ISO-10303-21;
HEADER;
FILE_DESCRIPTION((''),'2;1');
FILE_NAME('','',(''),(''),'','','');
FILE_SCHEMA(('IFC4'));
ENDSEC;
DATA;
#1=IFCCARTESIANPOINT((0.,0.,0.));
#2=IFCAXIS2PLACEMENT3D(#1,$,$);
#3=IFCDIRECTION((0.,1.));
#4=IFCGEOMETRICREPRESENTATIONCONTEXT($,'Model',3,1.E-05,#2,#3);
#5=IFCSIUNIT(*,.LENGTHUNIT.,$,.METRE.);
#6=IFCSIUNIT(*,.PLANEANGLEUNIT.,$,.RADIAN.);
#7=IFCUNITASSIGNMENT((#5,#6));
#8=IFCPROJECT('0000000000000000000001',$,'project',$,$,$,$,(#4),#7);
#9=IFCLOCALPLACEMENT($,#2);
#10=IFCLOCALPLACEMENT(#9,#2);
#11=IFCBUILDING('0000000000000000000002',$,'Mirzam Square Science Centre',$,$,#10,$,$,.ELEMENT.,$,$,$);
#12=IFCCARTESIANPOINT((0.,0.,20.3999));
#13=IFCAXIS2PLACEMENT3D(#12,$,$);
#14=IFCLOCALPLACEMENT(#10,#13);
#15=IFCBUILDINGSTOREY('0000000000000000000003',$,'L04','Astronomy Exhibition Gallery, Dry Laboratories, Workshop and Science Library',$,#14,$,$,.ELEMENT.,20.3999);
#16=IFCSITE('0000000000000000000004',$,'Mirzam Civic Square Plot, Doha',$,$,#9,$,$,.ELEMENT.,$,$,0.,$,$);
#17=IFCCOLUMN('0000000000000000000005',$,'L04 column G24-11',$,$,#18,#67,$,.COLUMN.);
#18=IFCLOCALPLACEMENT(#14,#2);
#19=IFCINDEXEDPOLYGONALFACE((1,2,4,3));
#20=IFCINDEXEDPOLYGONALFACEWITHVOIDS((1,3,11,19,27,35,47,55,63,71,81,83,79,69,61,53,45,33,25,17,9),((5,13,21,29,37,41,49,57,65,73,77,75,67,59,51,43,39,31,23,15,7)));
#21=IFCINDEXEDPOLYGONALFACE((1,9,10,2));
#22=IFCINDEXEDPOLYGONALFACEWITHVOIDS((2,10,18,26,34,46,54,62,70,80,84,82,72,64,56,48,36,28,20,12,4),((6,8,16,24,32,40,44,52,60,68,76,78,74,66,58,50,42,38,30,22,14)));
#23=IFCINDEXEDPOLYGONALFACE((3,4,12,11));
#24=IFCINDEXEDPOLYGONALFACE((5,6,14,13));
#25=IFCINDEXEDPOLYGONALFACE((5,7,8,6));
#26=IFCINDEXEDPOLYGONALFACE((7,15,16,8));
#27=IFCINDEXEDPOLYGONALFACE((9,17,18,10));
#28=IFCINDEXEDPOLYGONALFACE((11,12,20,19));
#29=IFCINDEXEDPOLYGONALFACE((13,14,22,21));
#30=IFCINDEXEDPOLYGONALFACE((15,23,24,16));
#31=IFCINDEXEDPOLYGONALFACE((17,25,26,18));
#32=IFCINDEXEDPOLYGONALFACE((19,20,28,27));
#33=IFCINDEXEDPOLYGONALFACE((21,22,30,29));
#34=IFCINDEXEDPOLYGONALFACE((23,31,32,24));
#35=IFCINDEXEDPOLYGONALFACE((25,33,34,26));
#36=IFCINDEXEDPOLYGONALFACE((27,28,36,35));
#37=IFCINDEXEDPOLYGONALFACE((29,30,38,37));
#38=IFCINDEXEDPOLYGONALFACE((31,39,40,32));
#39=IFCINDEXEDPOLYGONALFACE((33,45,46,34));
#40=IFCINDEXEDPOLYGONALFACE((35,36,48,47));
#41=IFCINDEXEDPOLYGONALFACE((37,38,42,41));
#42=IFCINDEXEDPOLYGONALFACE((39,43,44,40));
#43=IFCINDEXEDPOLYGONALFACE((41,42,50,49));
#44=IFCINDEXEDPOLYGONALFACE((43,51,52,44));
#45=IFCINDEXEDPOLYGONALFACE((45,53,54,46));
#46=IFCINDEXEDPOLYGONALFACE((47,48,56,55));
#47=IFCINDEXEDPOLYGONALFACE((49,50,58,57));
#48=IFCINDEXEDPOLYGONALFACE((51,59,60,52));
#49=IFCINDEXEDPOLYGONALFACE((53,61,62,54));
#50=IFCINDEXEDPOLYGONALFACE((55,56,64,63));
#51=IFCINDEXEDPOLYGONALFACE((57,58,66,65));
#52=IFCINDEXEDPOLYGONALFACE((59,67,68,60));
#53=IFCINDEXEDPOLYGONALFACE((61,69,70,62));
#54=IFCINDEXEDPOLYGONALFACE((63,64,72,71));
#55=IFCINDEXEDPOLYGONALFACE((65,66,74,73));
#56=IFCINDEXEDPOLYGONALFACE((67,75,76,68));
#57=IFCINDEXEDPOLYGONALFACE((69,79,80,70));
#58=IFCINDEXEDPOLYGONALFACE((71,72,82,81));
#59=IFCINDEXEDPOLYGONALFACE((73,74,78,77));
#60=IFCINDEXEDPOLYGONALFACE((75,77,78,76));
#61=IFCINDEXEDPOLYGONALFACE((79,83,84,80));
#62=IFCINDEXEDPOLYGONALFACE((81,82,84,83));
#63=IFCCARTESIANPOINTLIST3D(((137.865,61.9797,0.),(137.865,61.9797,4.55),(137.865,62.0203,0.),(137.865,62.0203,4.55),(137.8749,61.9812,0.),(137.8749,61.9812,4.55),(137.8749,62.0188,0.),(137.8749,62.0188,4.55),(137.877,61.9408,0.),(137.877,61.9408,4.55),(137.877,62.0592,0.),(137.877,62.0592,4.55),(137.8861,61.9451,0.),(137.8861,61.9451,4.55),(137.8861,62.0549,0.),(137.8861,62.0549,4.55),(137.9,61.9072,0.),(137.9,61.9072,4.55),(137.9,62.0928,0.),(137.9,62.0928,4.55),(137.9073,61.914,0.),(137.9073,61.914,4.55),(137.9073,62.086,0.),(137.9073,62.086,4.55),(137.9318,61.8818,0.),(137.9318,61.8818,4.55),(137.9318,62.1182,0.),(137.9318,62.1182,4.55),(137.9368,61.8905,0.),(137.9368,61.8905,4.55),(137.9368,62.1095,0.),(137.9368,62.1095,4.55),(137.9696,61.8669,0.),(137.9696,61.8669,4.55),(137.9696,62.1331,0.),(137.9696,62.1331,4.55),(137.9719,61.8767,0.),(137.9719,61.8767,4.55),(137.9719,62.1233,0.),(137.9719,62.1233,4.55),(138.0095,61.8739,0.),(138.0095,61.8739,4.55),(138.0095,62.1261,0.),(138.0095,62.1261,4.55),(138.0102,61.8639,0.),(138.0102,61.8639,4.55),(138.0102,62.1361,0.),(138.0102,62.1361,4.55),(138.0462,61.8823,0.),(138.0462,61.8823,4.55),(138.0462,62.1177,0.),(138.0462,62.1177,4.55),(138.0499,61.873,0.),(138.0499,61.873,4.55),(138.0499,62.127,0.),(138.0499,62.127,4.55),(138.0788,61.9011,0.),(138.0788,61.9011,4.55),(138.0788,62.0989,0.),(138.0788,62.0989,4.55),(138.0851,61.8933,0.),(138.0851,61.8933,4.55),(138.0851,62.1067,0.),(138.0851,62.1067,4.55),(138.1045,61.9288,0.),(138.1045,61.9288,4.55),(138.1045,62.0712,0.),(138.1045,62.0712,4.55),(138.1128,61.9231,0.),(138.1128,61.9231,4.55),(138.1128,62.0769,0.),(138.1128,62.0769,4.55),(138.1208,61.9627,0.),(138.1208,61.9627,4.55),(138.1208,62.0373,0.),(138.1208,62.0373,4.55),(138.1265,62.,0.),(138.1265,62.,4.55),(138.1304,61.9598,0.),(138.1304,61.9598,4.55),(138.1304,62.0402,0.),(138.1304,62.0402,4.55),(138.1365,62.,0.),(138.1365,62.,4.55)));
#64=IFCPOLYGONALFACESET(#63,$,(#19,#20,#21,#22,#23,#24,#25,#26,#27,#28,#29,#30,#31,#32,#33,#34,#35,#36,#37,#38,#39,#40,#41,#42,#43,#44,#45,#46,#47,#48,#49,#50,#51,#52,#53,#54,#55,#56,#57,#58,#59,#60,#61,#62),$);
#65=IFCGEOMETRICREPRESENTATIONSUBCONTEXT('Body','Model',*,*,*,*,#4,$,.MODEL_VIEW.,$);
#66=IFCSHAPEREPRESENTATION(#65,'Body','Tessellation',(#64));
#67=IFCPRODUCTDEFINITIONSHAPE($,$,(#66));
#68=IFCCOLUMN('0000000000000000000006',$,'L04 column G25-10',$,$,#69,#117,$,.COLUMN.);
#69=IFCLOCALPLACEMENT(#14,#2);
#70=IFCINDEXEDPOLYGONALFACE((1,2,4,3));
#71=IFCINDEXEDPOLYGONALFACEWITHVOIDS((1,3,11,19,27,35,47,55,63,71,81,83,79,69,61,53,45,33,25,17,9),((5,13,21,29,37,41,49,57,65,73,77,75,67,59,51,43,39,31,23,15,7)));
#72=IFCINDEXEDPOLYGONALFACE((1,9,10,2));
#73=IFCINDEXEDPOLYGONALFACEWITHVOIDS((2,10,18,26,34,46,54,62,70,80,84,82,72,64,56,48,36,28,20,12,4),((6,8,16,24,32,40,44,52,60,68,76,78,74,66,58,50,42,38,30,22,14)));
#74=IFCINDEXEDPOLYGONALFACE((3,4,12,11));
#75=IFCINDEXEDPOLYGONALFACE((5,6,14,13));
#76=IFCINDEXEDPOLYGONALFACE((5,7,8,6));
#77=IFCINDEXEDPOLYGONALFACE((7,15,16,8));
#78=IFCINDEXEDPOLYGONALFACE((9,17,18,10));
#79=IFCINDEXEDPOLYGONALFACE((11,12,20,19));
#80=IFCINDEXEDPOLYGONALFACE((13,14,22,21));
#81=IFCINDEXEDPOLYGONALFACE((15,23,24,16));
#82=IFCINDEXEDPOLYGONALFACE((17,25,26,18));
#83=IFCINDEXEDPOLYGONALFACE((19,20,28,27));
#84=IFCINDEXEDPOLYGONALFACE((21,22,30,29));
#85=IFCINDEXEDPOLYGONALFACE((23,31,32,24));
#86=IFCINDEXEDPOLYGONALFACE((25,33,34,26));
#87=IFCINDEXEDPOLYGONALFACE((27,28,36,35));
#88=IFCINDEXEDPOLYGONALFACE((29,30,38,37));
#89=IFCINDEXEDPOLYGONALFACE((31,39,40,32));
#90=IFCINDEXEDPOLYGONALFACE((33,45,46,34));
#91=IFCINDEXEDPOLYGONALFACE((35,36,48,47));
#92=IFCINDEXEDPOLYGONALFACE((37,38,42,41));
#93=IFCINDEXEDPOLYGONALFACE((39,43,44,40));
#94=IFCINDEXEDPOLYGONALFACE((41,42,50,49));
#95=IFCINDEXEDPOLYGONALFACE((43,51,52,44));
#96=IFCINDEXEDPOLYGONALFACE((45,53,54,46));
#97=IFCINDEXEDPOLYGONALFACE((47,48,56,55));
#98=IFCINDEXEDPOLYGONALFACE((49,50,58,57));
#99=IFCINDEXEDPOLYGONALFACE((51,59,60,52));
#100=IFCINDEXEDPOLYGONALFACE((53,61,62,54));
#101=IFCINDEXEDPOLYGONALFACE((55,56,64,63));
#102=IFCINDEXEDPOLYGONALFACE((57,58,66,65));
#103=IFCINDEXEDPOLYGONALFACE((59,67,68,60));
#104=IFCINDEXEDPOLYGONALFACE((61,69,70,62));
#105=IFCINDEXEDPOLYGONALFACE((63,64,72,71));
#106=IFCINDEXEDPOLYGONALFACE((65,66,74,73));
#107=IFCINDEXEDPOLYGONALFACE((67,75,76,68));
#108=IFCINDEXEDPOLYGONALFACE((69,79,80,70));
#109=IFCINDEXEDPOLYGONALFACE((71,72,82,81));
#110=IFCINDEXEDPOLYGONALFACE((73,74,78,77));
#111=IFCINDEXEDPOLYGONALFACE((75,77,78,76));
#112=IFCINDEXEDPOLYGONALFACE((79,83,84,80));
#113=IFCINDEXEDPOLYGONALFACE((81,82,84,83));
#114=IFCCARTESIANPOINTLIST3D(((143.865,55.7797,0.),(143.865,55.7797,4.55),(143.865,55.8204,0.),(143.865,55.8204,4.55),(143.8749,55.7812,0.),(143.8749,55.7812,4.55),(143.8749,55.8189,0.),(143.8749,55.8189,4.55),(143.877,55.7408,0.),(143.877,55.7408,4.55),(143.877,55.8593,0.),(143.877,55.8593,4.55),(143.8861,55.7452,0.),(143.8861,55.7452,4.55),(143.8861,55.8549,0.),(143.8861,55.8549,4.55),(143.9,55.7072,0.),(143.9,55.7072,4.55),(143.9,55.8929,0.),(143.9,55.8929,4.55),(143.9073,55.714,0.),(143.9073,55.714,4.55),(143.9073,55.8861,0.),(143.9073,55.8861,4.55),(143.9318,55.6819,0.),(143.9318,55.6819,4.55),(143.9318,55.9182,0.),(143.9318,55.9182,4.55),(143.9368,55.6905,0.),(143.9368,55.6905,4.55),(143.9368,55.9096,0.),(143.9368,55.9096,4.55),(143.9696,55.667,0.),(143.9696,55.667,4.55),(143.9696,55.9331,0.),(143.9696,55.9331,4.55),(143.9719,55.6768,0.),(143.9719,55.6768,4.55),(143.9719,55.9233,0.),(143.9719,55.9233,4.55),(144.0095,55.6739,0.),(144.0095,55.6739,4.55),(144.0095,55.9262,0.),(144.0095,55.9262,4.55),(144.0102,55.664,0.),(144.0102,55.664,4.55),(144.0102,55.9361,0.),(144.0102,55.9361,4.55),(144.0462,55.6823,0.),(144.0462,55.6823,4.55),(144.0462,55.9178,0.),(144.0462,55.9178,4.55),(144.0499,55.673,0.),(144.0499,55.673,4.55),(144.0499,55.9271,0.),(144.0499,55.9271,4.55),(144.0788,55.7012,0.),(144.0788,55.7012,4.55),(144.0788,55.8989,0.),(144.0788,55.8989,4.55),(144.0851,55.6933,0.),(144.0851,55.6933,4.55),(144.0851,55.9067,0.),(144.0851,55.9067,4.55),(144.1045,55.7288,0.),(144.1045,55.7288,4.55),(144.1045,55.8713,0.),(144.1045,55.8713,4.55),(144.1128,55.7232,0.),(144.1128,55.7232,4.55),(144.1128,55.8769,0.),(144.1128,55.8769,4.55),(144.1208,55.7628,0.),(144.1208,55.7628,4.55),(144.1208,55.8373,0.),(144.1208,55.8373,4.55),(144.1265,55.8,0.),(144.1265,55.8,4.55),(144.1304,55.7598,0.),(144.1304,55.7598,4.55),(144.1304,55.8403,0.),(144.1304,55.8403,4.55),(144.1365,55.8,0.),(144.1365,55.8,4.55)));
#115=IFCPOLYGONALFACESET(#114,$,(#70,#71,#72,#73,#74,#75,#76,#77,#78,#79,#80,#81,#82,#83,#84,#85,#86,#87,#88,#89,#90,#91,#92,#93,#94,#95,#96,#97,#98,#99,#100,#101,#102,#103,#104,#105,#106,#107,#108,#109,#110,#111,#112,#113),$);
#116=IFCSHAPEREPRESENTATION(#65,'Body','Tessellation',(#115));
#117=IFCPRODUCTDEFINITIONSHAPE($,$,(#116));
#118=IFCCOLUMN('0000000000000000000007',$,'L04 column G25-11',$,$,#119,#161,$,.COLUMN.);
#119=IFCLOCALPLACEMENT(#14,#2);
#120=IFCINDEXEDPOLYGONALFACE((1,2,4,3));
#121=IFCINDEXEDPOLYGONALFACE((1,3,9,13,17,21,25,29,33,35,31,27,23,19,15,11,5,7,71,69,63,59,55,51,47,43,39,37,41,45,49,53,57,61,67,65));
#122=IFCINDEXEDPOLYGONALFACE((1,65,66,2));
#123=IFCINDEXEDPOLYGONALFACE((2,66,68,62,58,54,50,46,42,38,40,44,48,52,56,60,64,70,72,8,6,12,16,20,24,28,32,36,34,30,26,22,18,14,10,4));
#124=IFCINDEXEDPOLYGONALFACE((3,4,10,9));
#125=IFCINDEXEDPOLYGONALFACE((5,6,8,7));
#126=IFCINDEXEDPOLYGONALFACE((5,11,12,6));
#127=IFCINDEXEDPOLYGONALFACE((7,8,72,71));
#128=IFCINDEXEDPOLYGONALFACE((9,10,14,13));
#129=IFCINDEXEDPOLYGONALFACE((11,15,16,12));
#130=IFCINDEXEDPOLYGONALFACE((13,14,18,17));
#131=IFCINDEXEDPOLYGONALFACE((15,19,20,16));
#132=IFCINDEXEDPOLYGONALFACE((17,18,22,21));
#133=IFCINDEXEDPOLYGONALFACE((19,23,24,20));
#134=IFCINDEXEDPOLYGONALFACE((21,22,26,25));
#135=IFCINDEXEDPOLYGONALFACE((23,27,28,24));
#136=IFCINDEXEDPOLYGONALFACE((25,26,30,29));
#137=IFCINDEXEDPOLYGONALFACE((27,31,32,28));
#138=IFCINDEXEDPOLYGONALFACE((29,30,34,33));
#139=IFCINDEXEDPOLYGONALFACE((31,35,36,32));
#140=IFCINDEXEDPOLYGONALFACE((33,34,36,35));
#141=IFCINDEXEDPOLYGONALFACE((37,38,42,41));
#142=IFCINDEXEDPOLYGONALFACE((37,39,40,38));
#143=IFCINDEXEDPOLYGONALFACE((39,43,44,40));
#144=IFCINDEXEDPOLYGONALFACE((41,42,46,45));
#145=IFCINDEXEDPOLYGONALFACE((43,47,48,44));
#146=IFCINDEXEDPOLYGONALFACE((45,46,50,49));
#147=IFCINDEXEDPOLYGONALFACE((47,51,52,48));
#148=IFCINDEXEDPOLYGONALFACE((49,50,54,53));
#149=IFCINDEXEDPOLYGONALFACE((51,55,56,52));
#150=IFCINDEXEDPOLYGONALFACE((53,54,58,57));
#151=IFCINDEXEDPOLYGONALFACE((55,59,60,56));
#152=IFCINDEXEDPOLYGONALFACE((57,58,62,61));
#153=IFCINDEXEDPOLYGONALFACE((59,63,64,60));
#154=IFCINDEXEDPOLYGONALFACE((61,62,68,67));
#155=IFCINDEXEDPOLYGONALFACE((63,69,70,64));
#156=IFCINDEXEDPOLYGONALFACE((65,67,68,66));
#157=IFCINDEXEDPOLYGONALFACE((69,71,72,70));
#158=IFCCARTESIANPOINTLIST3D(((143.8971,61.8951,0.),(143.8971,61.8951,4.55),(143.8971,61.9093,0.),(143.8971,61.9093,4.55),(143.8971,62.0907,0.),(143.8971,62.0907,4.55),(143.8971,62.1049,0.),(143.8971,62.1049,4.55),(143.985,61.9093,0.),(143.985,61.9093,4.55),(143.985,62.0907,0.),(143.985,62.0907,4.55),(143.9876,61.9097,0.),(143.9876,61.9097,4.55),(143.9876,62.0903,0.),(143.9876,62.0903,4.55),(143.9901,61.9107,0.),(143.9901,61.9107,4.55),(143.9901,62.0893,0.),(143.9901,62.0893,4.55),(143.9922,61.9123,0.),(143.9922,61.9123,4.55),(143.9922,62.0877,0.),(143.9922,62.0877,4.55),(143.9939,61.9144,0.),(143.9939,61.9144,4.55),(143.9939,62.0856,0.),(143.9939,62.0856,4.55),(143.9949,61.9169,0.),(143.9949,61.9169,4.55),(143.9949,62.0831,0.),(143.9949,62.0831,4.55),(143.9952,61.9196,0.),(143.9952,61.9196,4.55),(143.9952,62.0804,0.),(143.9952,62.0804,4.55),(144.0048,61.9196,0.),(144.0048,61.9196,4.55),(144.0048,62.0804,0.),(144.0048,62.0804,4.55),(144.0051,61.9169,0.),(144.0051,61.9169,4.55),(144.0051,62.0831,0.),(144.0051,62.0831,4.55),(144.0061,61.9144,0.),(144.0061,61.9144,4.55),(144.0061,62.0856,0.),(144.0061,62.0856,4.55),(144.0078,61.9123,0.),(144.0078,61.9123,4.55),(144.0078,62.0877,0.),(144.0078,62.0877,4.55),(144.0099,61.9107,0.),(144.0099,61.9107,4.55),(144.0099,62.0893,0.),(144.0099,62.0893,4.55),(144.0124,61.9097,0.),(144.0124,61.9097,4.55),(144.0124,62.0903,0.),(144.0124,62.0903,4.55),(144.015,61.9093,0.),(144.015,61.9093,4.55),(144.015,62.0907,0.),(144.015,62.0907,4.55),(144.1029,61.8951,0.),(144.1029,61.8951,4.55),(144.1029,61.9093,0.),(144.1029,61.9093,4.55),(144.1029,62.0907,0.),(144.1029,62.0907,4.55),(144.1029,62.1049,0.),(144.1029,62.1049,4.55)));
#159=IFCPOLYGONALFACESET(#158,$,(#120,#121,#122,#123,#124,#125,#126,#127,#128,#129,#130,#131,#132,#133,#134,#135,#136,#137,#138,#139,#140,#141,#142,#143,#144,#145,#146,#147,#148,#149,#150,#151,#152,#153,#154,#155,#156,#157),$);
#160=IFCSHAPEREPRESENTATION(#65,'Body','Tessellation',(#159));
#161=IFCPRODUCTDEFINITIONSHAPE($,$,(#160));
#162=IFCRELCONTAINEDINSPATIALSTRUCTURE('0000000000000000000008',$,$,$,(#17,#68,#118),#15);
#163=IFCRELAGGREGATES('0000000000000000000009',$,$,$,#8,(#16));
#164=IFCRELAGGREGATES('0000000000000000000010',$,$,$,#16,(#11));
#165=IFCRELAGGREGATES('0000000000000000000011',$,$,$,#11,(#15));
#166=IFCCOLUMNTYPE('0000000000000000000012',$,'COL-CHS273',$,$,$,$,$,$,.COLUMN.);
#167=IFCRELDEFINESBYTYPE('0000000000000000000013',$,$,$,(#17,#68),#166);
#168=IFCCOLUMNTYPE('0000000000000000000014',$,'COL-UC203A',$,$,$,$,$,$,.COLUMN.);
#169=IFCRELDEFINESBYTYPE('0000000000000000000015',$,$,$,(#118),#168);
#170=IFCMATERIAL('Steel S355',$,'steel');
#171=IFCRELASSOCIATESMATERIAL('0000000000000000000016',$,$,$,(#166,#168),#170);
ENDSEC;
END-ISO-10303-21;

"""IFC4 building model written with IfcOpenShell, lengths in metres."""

from ifc_helpers import new_model, si_unit, direction, frame, origin, origin_2d, place, context, subcontext, project, spatial, hollow_circle, i_section, extrude, material, material_profile, profile_set, type_object, element, save


model = new_model("IFC4")

# Units and contexts
model_context = context("Model", 3, precision=1e-05, world=origin(), true_north=direction((0.0, 1.0)))
body_context = subcontext(model_context, "Body", "Model", "MODEL_VIEW")
ifc_project = project(units=[si_unit("LENGTHUNIT", "METRE"), si_unit("PLANEANGLEUNIT", "RADIAN")], contexts=[model_context])

# Site, building, storey
site_placement = place(None, origin())
site = spatial("IfcSite", under=ifc_project, at=site_placement, Name="Mirzam Civic Square Plot, Doha", CompositionType="ELEMENT", RefElevation=0.0)
building_placement = place(site_placement, origin())
building = spatial("IfcBuilding", under=site, at=building_placement, Name="Mirzam Square Science Centre", CompositionType="ELEMENT")
storey_placement = place(building_placement, frame((0.0, 0.0, 20.3999)))
storey = spatial("IfcBuildingStorey", under=building, at=storey_placement, Name="L04", Description="Astronomy Exhibition Gallery, Dry Laboratories, Workshop and Science Library", CompositionType="ELEMENT", Elevation=20.3999)

# Columns
ifc_material_1 = material(Name="Steel S355", Category="steel")
ifc_material_profile_1 = material_profile(ifc_material_1, hollow_circle(Radius=0.1365, WallThickness=0.01, at=origin_2d()), Name="273.0x10.0CHS")
ifc_profile_set_1 = profile_set([ifc_material_profile_1], Name="Steel S355")
column_type_1 = type_object("IfcColumnType", Name="COL-CHS273", PredefinedType="COLUMN", material=ifc_profile_set_1)
for number, where, z_axis, x_axis, name in (
    (1, (138.0, 62.0, 0.0), (0.0, 0.0, 1.0), (1.0, 0.0, 0.0), "L04 column G24-11"),
    (2, (144.0, 55.8, 0.0), (0.0, 0.0, 1.0), (1.0, 0.0, 0.0), "L04 column G25-10"),
):
    element("IfcColumn", number, at=place(storey_placement, frame(where, z_axis=z_axis, x_axis=x_axis)), inside=storey, type_object=column_type_1, Name=name, PredefinedType="COLUMN", context=body_context, shape_type="SweptSolid", body=[
        extrude(hollow_circle(Radius=0.1365, WallThickness=0.01, at=origin_2d()), origin(), (0.0, 0.0, 1.0), 4.55),
    ])
ifc_material_profile_2 = material_profile(ifc_material_1, i_section(OverallWidth=0.2058, OverallDepth=0.2097, WebThickness=0.0095, FlangeThickness=0.0142, FilletRadius=0.0103, at=origin_2d()), Name="203x203x60UC")
ifc_profile_set_2 = profile_set([ifc_material_profile_2], Name="Steel S355")
column_type_2 = type_object("IfcColumnType", Name="COL-UC203A", PredefinedType="COLUMN", material=ifc_profile_set_2)
column_placement = place(storey_placement, frame((144.0, 62.0, 0.0), z_axis=(0.0, 0.0, 1.0), x_axis=(1.0, 0.0, 0.0)))
element("IfcColumn", 3, at=column_placement, inside=storey, type_object=column_type_2, Name="L04 column G25-11", PredefinedType="COLUMN", context=body_context, shape_type="SweptSolid", body=[
    extrude(i_section(OverallWidth=0.2058, OverallDepth=0.2097, WebThickness=0.0095, FlangeThickness=0.0142, FilletRadius=0.0103, at=origin_2d()), origin(), (0.0, 0.0, 1.0), 4.55),
])

save(model, "model.ifc")
